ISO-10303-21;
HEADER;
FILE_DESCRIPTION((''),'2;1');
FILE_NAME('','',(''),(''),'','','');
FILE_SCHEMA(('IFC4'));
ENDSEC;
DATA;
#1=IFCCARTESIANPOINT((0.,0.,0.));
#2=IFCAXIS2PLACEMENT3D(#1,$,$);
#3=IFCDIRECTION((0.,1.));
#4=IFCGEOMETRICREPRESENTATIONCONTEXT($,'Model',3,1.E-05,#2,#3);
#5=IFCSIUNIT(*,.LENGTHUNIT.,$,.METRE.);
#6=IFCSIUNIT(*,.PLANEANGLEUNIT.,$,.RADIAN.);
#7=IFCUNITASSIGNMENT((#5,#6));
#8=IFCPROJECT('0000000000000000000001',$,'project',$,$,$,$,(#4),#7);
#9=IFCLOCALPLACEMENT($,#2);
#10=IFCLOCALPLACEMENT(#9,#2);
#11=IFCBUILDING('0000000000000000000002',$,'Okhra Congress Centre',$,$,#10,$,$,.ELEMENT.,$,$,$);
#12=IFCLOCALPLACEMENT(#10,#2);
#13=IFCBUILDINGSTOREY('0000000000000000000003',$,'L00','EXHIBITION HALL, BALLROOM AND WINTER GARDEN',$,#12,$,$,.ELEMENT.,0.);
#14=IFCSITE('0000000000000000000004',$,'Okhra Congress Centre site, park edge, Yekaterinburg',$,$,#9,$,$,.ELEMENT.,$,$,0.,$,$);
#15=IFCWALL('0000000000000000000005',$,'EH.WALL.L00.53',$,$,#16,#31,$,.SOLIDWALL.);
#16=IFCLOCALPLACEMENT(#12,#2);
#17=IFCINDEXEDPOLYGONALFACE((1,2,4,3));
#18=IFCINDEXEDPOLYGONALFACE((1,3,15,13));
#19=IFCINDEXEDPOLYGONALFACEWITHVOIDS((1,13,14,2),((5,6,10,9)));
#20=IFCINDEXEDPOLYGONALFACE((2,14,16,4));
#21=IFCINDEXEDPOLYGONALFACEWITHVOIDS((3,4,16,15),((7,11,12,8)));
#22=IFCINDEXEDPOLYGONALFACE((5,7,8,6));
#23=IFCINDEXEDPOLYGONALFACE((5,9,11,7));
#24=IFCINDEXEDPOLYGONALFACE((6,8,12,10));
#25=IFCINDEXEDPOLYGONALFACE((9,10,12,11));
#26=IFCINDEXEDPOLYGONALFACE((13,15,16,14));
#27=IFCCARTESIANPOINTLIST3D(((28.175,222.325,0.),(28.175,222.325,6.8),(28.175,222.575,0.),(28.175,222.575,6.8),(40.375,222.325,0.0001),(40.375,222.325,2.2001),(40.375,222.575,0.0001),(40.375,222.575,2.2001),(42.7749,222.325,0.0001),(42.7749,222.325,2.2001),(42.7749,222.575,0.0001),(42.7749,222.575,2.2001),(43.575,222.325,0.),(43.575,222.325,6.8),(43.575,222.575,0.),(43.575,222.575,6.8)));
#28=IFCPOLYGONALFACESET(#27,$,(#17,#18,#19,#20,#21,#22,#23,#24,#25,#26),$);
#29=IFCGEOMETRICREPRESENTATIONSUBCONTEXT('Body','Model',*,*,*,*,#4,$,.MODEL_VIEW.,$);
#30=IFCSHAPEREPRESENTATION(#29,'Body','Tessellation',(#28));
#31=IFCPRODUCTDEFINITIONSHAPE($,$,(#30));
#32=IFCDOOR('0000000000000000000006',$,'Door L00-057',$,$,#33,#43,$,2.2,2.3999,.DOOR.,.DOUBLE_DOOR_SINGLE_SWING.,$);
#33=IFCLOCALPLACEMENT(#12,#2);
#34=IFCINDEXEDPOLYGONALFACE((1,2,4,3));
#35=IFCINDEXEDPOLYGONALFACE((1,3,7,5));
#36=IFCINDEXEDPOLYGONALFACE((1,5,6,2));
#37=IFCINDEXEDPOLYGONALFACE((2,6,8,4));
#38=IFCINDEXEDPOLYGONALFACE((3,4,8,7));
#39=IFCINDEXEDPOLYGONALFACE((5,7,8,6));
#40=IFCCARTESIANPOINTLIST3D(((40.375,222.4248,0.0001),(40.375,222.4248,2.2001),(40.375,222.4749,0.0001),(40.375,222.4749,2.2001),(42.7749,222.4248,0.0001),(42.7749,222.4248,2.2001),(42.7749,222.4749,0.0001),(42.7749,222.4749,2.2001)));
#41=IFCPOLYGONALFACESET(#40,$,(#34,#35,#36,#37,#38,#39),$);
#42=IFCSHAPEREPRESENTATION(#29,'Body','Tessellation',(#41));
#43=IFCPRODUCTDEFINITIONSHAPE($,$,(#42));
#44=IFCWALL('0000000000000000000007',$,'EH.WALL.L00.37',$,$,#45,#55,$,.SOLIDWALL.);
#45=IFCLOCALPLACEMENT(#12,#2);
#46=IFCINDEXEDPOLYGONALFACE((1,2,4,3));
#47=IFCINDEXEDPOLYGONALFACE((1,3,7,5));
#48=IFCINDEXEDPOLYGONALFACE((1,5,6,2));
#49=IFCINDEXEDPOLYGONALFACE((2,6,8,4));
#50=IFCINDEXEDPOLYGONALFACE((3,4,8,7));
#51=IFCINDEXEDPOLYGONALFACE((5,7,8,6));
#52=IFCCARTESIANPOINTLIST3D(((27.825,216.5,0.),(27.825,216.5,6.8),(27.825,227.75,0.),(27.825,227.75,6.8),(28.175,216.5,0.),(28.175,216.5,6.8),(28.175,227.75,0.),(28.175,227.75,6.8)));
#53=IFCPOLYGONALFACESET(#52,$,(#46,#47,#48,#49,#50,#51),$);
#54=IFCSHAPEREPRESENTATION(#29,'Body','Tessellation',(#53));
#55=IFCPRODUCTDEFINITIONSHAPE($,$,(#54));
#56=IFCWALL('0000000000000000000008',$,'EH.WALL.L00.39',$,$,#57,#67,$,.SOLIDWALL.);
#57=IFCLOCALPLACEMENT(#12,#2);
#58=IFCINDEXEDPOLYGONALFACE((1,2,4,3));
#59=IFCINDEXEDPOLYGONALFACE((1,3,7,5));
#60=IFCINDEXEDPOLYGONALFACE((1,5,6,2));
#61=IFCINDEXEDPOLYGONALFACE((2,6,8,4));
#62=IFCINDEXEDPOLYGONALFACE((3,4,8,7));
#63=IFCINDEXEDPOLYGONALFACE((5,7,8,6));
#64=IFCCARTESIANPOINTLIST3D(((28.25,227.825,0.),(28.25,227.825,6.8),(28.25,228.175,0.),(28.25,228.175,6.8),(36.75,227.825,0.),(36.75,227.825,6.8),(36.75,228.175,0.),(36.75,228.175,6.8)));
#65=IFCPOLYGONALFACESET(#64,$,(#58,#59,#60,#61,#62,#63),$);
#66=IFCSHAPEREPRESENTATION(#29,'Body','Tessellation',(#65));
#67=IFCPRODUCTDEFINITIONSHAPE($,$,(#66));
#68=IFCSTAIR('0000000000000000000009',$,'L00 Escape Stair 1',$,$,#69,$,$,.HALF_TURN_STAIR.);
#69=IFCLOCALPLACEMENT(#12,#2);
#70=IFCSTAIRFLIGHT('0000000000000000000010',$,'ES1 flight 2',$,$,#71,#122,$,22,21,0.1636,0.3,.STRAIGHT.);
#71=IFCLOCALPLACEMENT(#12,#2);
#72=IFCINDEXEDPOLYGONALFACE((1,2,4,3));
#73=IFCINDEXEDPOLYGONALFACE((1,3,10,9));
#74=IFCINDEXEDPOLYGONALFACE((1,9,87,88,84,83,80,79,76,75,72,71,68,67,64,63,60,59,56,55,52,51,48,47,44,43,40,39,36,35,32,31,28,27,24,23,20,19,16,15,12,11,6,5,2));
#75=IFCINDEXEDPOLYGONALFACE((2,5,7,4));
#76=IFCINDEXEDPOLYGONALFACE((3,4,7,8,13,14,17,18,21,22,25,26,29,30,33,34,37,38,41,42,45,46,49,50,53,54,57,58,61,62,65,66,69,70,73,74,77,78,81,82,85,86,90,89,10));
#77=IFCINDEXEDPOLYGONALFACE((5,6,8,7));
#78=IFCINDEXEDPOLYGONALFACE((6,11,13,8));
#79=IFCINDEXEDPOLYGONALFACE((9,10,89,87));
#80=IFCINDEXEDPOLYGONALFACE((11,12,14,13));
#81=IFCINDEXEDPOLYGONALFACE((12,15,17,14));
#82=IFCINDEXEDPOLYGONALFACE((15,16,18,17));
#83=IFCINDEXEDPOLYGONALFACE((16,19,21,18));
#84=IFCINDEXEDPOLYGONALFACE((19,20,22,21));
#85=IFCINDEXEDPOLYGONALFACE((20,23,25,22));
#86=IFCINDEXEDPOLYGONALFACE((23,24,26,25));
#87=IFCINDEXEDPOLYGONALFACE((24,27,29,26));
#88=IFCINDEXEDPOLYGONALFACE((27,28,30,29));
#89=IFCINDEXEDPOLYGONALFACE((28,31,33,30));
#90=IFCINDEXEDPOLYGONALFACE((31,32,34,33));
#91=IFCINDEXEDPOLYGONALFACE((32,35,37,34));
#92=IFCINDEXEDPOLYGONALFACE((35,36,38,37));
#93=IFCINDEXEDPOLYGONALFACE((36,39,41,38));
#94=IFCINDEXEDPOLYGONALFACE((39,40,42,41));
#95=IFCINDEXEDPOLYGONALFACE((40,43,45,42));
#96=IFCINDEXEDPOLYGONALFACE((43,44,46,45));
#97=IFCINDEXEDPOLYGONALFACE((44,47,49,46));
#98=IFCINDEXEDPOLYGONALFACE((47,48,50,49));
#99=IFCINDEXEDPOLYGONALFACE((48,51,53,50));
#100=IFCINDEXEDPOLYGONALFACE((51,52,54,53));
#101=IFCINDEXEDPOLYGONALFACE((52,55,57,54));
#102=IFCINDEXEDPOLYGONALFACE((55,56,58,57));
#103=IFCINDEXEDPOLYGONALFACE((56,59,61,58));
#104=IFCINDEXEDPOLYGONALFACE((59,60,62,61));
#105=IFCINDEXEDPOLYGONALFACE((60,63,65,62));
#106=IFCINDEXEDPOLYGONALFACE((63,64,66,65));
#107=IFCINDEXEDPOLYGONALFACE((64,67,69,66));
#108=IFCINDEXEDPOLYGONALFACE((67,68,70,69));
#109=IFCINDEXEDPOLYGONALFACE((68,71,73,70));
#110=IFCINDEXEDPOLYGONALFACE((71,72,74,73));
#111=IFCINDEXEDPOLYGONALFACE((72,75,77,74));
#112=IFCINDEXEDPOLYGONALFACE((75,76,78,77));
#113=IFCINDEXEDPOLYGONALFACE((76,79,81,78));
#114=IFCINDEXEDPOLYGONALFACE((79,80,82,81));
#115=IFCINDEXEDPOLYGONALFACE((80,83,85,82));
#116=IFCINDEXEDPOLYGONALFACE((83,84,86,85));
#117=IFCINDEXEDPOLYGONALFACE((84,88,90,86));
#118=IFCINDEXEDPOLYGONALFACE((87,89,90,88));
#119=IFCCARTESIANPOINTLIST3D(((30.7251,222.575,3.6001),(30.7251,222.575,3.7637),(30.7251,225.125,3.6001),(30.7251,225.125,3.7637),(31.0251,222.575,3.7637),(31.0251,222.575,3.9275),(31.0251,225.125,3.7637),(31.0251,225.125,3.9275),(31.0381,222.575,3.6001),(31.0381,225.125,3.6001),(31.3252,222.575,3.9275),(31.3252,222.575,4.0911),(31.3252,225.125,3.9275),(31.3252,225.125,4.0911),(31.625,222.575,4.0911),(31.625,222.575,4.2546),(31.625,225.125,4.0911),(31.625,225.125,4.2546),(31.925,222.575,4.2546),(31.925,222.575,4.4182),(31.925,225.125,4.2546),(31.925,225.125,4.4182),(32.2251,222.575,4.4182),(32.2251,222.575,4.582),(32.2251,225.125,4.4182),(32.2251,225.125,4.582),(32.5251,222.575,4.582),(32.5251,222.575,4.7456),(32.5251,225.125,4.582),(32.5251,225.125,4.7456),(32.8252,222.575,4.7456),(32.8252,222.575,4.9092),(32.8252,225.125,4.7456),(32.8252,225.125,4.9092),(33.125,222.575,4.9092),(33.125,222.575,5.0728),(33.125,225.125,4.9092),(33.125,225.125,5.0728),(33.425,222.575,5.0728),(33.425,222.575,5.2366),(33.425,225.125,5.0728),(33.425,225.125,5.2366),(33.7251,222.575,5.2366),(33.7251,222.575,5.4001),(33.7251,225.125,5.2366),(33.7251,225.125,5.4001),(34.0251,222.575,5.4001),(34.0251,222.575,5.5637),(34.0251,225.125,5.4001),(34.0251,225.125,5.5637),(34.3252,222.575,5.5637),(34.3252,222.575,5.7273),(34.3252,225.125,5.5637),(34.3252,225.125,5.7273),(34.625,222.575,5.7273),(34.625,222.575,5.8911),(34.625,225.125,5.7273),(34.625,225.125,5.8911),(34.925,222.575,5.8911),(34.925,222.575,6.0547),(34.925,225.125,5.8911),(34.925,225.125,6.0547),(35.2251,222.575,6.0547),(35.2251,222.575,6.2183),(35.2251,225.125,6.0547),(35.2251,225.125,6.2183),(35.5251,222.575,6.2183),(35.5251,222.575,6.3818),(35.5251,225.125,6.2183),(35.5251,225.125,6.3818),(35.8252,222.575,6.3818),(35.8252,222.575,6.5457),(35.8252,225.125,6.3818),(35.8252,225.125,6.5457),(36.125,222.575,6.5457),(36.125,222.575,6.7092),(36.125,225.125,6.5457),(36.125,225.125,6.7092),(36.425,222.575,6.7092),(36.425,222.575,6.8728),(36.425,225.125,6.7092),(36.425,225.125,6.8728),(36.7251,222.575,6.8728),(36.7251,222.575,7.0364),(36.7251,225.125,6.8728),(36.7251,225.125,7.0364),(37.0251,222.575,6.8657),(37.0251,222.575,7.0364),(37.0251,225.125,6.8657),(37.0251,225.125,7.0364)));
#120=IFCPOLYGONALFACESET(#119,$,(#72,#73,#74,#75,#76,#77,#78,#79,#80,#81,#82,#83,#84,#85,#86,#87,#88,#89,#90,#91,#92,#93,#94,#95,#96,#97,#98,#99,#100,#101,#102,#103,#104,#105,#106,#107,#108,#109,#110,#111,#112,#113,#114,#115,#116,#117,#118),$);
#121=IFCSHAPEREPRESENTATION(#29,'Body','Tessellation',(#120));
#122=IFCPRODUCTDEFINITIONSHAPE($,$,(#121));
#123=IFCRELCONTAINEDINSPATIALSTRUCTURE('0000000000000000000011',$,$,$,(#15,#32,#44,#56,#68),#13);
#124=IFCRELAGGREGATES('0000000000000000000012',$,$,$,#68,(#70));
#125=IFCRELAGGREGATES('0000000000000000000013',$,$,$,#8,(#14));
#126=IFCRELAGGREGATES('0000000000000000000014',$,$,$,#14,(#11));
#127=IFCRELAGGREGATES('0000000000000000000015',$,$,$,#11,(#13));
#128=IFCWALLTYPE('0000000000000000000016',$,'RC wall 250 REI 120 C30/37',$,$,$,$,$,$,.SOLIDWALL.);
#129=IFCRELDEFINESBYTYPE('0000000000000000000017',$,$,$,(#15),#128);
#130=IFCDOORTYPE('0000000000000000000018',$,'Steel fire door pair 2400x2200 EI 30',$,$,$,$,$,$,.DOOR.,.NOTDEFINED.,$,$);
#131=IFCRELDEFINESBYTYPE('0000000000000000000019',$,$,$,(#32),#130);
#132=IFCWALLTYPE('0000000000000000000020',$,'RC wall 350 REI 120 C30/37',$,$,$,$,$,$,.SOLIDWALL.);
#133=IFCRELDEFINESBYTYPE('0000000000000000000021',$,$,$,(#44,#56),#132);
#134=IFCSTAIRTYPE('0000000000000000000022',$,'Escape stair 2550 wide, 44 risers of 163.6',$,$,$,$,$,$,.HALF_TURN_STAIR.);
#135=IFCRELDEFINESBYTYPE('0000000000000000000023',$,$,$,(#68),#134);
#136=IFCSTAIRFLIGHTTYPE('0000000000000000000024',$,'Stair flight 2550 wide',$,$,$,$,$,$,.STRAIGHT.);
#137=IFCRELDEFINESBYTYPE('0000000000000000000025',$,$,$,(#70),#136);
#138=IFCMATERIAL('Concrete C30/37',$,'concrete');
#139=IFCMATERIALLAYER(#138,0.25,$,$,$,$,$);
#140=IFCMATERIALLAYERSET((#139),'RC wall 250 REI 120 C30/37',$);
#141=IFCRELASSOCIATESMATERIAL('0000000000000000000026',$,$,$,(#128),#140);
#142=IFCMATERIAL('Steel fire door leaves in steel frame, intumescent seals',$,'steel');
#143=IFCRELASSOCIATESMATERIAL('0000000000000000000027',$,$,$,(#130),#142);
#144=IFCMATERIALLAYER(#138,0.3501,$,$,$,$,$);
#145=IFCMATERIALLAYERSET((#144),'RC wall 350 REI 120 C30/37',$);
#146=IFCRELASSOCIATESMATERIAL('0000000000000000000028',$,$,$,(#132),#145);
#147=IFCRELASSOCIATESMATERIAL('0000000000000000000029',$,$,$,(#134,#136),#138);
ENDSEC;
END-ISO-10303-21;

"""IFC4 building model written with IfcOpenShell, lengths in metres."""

from ifc_helpers import new_model, si_unit, direction, frame, frame_2d, origin, place, context, subcontext, project, spatial, polyline, rectangle, outline, extrude, material, layer, layer_set, type_object, element, fill, aggregate, save


model = new_model("IFC4")

# Units and contexts
model_context = context("Model", 3, precision=1e-05, world=origin(), true_north=direction((0.0, 1.0)))
body_context = subcontext(model_context, "Body", "Model", "MODEL_VIEW")
ifc_project = project(units=[si_unit("LENGTHUNIT", "METRE"), si_unit("PLANEANGLEUNIT", "RADIAN")], contexts=[model_context])

# Site, building, storey
site_placement = place(None, origin())
site = spatial("IfcSite", under=ifc_project, at=site_placement, Name="Okhra Congress Centre site, park edge, Yekaterinburg", CompositionType="ELEMENT", RefElevation=0.0)
building_placement = place(site_placement, origin())
building = spatial("IfcBuilding", under=site, at=building_placement, Name="Okhra Congress Centre", CompositionType="ELEMENT")
storey_placement = place(building_placement, origin())
storey = spatial("IfcBuildingStorey", under=building, at=storey_placement, Name="L00", Description="EXHIBITION HALL, BALLROOM AND WINTER GARDEN", CompositionType="ELEMENT", Elevation=0.0)

# Shared definitions
ifc_material_1 = material(Name="Concrete C30/37", Category="concrete")

# Wall, opening, door
ifc_layer_1 = layer(ifc_material_1, 0.25)
ifc_layer_set_1 = layer_set([ifc_layer_1], Name="RC wall 250 REI 120 C30/37")
wall_type_1 = type_object("IfcWallType", Name="RC wall 250 REI 120 C30/37", PredefinedType="SOLIDWALL", material=ifc_layer_set_1)
wall_1_placement = place(storey_placement, frame((28.175, 222.45, 0.0), z_axis=(0.0, 0.0, 1.0), x_axis=(1.0, 0.0, 0.0)))
wall_1 = element("IfcWall", 1, at=wall_1_placement, inside=storey, type_object=wall_type_1, Name="EH.WALL.L00.53", PredefinedType="SOLIDWALL", context=body_context, shape_type="SweptSolid", body=[
    extrude(rectangle(XDim=15.3999, YDim=0.25, at=frame_2d((7.7, 0.0))), origin(), (0.0, 0.0, 1.0), 6.8),
])
opening_1_placement = place(wall_1_placement, frame((12.2, 0.0, 0.0)))
opening_1 = element("IfcOpeningElement", 2, at=opening_1_placement, cuts=wall_1, PredefinedType="OPENING", context=body_context, shape_type="SweptSolid", body=[
    extrude(rectangle(XDim=2.3999, YDim=2.2, at=frame_2d((1.2, 1.1001))), frame((0.0, 0.135, 0.0), z_axis=(0.0, -1.0, 0.0), x_axis=(1.0, 0.0, 0.0)), (0.0, 0.0, 1.0), 0.27),
])
ifc_material_2 = material(Name="Steel fire door leaves in steel frame, intumescent seals", Category="steel")
door_type_1 = type_object("IfcDoorType", Name="Steel fire door pair 2400x2200 EI 30", OperationType="NOTDEFINED", PredefinedType="DOOR", material=ifc_material_2)
door_1_placement = place(opening_1_placement, origin())
door_1 = element("IfcDoor", 3, at=door_1_placement, inside=storey, type_object=door_type_1, Name="Door L00-057", OperationType="DOUBLE_DOOR_SINGLE_SWING", OverallHeight=2.2, OverallWidth=2.3999, PredefinedType="DOOR", context=body_context, shape_type="SweptSolid", body=[
    extrude(rectangle(XDim=2.3999, YDim=2.2, at=frame_2d((1.2, 1.1001))), frame((0.0, 0.0249, 0.0), z_axis=(0.0, -1.0, 0.0), x_axis=(1.0, 0.0, 0.0)), (0.0, 0.0, 1.0), 0.05),
])
fill(opening_1, door_1)

# Walls
ifc_layer_2 = layer(ifc_material_1, 0.3501)
ifc_layer_set_2 = layer_set([ifc_layer_2], Name="RC wall 350 REI 120 C30/37")
wall_type_2 = type_object("IfcWallType", Name="RC wall 350 REI 120 C30/37", PredefinedType="SOLIDWALL", material=ifc_layer_set_2)
wall_2_placement = place(storey_placement, frame((28.0, 216.5, 0.0), z_axis=(0.0, 0.0, 1.0), x_axis=(0.0, 1.0, 0.0)))
element("IfcWall", 4, at=wall_2_placement, inside=storey, type_object=wall_type_2, Name="EH.WALL.L00.37", PredefinedType="SOLIDWALL", context=body_context, shape_type="SweptSolid", body=[
    extrude(rectangle(XDim=11.25, YDim=0.3501, at=frame_2d((5.625, 0.0))), origin(), (0.0, 0.0, 1.0), 6.8),
])
wall_3_placement = place(storey_placement, frame((28.25, 228.0, 0.0), z_axis=(0.0, 0.0, 1.0), x_axis=(1.0, 0.0, 0.0)))
element("IfcWall", 5, at=wall_3_placement, inside=storey, type_object=wall_type_2, Name="EH.WALL.L00.39", PredefinedType="SOLIDWALL", context=body_context, shape_type="SweptSolid", body=[
    extrude(rectangle(XDim=8.5, YDim=0.3501, at=frame_2d((4.25, 0.0))), origin(), (0.0, 0.0, 1.0), 6.8),
])

# Stair, stair flight
stair_type = type_object("IfcStairType", Name="Escape stair 2550 wide, 44 risers of 163.6", PredefinedType="HALF_TURN_STAIR", material=ifc_material_1)
stair_placement = place(storey_placement, origin())
stair = element("IfcStair", 6, at=stair_placement, inside=storey, type_object=stair_type, Name="L00 Escape Stair 1", PredefinedType="HALF_TURN_STAIR")
stair_flight_type = type_object("IfcStairFlightType", Name="Stair flight 2550 wide", PredefinedType="STRAIGHT", material=ifc_material_1)
stair_flight_placement = place(storey_placement, frame((30.7251, 223.8501, 3.6001), z_axis=(0.0, 0.0, 1.0), x_axis=(1.0, 0.0, 0.0)))
stair_flight = element("IfcStairFlight", 7, at=stair_flight_placement, type_object=stair_flight_type, Name="ES1 flight 2", NumberOfRisers=22, NumberOfTreads=21, PredefinedType="STRAIGHT", RiserHeight=0.1636, TreadLength=0.3, context=body_context, shape_type="SweptSolid", body=[
    extrude(outline(polyline([(0.0, 0.0), (0.0, 0.1636), (0.3, 0.1636), (0.3, 0.3274), (0.6001, 0.3274), (0.6001, 0.491), (0.8999, 0.491), (0.8999, 0.6545), (1.2, 0.6545), (1.2, 0.8181), (1.5, 0.8181), (1.5, 0.9819), (1.8, 0.9819), (1.8, 1.1455), (2.1001, 1.1455), (2.1001, 1.3091), (2.3999, 1.3091), (2.3999, 1.4727), (2.7, 1.4727), (2.7, 1.6365), (3.0, 1.6365), (3.0, 1.8), (3.3, 1.8), (3.3, 1.9636), (3.6001, 1.9636), (3.6001, 2.1272), (3.8999, 2.1272), (3.8999, 2.291), (4.2, 2.291), (4.2, 2.4546), (4.5, 2.4546), (4.5, 2.6182), (4.8, 2.6182), (4.8, 2.7817), (5.1001, 2.7817), (5.1001, 2.9456), (5.3999, 2.9456), (5.3999, 3.1091), (5.7, 3.1091), (5.7, 3.2727), (6.0, 3.2727), (6.0, 3.4363), (6.3, 3.4363), (6.3, 3.6001), (6.3, 3.2656), (0.313, 0.0), (0.0, 0.0)])), frame((0.0, 1.2749, 0.0), z_axis=(0.0, -1.0, 0.0), x_axis=(1.0, 0.0, 0.0)), (0.0, 0.0, 1.0), 2.55),
])
aggregate(stair, [stair_flight])

save(model, "model.ifc")
